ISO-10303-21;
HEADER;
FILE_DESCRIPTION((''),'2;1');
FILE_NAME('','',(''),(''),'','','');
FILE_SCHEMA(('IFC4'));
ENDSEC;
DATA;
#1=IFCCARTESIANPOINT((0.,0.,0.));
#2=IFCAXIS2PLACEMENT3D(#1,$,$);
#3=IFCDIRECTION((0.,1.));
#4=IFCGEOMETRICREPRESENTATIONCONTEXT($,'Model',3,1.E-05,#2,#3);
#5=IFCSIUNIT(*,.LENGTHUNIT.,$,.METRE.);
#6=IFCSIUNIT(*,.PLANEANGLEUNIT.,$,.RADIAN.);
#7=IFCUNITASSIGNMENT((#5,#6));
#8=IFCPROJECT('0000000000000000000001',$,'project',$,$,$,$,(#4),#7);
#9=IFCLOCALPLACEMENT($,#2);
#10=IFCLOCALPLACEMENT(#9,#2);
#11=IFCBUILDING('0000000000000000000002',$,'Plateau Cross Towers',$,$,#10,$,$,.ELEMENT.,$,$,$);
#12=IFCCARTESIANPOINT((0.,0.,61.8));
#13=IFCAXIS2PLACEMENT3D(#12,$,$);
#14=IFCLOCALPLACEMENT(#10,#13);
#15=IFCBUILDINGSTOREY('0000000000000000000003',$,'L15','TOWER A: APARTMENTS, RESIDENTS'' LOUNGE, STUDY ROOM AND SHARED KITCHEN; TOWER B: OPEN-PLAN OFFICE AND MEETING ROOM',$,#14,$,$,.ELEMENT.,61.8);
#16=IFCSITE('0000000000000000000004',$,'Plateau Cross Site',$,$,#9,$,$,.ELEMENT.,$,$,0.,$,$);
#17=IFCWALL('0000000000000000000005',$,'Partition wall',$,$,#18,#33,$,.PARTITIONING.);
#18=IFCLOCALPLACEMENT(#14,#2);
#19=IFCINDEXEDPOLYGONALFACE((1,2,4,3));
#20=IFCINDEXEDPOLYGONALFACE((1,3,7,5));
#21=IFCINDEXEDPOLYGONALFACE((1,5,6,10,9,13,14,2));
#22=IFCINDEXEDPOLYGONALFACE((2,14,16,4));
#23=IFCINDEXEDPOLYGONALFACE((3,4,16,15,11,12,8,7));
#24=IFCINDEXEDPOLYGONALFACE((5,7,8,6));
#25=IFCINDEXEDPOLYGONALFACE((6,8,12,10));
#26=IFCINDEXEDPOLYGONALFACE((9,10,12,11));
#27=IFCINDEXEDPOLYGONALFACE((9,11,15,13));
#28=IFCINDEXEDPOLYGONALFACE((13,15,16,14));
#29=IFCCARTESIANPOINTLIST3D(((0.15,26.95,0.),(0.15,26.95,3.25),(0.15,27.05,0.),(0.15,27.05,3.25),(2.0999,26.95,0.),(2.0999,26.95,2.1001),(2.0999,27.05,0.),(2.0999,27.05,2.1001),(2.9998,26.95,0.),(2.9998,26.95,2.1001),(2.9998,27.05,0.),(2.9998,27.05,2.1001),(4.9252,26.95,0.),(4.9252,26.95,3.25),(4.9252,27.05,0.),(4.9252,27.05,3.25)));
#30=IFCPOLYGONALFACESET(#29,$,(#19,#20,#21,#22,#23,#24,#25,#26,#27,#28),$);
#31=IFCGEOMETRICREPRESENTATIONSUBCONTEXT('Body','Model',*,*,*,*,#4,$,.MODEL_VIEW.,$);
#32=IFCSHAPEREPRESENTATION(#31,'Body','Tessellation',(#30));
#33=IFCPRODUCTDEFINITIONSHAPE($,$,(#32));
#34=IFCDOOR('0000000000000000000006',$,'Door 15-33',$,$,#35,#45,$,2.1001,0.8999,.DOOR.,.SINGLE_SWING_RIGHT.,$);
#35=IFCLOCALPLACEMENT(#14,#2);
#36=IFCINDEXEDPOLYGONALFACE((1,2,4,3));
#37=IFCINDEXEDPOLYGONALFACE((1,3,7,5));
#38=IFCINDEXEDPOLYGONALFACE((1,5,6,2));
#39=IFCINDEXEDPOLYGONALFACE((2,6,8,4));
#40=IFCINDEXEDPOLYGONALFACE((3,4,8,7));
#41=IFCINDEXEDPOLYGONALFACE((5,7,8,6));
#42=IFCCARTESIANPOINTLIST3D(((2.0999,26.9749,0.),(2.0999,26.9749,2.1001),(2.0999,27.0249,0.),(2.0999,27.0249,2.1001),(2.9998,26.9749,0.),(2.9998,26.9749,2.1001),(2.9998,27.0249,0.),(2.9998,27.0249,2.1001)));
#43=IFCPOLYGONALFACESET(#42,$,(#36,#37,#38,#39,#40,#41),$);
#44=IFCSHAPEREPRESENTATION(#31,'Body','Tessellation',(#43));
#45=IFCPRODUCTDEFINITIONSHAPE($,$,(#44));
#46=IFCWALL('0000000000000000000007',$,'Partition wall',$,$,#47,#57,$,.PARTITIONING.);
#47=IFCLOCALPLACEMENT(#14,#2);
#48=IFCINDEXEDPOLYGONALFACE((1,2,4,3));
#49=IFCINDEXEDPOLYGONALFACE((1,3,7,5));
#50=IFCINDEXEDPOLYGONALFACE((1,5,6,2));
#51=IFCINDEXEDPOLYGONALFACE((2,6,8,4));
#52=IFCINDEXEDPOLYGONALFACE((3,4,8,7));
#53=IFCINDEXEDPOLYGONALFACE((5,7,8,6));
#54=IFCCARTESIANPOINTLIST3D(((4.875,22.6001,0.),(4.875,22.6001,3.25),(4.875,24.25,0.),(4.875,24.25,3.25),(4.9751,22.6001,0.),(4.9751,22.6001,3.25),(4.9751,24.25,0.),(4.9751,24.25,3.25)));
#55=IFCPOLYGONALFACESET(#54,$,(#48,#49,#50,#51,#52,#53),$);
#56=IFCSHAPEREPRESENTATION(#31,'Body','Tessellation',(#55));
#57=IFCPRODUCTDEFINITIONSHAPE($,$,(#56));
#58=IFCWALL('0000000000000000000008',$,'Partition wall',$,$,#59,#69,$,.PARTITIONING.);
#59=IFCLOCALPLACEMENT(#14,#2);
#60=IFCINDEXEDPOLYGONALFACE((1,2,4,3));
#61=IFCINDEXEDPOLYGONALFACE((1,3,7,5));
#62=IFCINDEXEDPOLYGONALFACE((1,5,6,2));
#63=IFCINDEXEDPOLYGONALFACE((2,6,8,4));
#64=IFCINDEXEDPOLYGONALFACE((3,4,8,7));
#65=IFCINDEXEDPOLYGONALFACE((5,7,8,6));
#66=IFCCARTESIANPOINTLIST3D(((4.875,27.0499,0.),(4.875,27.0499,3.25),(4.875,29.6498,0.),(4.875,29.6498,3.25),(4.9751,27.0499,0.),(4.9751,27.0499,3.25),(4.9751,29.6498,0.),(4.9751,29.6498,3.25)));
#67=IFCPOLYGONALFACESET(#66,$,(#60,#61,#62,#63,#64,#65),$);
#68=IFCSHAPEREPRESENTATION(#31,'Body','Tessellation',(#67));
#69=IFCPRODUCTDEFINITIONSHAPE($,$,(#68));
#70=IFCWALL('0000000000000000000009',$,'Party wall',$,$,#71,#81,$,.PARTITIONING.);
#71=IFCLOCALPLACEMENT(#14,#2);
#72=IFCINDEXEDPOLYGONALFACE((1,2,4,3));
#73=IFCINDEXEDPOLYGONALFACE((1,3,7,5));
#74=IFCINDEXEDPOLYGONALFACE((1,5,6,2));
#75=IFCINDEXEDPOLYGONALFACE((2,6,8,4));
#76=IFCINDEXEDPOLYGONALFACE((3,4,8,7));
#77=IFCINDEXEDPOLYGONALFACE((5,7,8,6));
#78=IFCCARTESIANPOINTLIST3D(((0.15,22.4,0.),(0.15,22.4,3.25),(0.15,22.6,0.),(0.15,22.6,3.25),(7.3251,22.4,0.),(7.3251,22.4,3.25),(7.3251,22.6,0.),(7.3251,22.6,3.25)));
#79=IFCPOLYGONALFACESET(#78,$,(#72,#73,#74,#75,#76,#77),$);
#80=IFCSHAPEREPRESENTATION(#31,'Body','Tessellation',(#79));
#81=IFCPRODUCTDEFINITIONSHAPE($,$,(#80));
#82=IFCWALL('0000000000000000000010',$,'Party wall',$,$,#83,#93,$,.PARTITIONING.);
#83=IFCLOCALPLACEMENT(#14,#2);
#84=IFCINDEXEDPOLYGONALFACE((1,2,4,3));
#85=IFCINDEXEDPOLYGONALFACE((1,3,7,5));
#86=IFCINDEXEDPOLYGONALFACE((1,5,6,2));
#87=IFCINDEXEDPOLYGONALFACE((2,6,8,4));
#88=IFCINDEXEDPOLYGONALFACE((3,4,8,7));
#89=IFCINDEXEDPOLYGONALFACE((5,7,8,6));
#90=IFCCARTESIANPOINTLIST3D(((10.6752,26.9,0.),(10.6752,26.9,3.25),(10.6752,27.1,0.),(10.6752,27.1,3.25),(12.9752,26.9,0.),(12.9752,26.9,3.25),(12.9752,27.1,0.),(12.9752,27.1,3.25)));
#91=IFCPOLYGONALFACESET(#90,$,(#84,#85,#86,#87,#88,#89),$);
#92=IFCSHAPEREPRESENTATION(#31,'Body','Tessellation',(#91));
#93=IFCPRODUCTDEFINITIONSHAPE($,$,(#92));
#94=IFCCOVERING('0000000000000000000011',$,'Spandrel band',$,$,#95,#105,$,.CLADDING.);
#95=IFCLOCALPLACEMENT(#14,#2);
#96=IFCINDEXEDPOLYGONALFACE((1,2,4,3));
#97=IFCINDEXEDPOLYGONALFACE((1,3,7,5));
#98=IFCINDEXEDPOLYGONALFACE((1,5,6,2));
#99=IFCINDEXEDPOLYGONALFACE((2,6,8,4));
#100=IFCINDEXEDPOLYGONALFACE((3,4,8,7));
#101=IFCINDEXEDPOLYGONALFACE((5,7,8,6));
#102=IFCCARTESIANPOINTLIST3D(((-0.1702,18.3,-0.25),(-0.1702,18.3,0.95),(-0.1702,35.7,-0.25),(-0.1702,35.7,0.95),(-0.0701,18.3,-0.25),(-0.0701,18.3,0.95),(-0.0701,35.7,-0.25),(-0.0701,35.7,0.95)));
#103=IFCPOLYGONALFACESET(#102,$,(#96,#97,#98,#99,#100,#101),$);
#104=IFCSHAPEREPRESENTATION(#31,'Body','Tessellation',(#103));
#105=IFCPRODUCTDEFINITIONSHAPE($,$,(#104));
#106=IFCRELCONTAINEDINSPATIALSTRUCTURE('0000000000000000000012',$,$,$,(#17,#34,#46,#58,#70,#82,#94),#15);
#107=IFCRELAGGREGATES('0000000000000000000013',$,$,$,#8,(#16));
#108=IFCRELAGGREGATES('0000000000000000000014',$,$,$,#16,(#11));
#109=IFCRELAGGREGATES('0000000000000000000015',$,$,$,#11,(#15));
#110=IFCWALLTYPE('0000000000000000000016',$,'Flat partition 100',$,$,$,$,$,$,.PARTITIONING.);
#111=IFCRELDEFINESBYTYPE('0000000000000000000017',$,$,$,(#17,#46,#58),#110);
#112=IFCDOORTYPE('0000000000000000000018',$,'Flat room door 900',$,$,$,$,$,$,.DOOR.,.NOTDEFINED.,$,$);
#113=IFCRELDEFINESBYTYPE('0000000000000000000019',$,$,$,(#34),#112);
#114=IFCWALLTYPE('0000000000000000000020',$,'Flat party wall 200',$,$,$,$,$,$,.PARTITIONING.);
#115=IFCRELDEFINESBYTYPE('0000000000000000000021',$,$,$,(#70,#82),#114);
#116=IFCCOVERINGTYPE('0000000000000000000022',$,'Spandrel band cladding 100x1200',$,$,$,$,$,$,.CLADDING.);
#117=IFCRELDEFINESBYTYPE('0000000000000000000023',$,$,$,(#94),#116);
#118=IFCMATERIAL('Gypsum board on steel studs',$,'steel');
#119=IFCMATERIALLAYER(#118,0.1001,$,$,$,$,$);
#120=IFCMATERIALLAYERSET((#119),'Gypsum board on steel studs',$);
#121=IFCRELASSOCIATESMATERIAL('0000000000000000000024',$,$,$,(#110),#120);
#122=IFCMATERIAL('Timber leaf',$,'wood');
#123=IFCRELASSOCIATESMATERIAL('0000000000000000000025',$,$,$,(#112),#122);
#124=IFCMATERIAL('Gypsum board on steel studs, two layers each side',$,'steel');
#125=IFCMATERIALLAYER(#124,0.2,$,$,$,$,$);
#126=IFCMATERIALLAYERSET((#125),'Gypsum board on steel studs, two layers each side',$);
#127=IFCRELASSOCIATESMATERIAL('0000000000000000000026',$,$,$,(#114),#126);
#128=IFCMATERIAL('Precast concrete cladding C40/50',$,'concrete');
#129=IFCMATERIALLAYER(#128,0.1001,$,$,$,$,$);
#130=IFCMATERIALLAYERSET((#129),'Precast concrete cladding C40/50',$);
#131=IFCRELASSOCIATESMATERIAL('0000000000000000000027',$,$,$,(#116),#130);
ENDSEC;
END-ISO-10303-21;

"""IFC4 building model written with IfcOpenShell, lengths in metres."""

from ifc_helpers import new_model, si_unit, direction, frame, frame_2d, origin, origin_2d, place, context, subcontext, project, spatial, rectangle, extrude, material, layer, layer_set, type_object, element, fill, save


model = new_model("IFC4")

# Units and contexts
model_context = context("Model", 3, precision=1e-05, world=origin(), true_north=direction((0.0, 1.0)))
body_context = subcontext(model_context, "Body", "Model", "MODEL_VIEW")
ifc_project = project(units=[si_unit("LENGTHUNIT", "METRE"), si_unit("PLANEANGLEUNIT", "RADIAN")], contexts=[model_context])

# Site, building, storey
site_placement = place(None, origin())
site = spatial("IfcSite", under=ifc_project, at=site_placement, Name="Plateau Cross Site", CompositionType="ELEMENT", RefElevation=0.0)
building_placement = place(site_placement, origin())
building = spatial("IfcBuilding", under=site, at=building_placement, Name="Plateau Cross Towers", CompositionType="ELEMENT")
storey_placement = place(building_placement, frame((0.0, 0.0, 61.8)))
storey = spatial("IfcBuildingStorey", under=building, at=storey_placement, Name="L15", Description="TOWER A: APARTMENTS, RESIDENTS' LOUNGE, STUDY ROOM AND SHARED KITCHEN; TOWER B: OPEN-PLAN OFFICE AND MEETING ROOM", CompositionType="ELEMENT", Elevation=61.8)

# Wall, opening, door
ifc_material_1 = material(Name="Gypsum board on steel studs", Category="steel")
ifc_layer_1 = layer(ifc_material_1, 0.1001)
ifc_layer_set_1 = layer_set([ifc_layer_1], Name="Gypsum board on steel studs")
wall_type_1 = type_object("IfcWallType", Name="Flat partition 100", PredefinedType="PARTITIONING", material=ifc_layer_set_1)
ifc_material_2 = material(Name="Timber leaf", Category="wood")
door_type_1 = type_object("IfcDoorType", Name="Flat room door 900", OperationType="NOTDEFINED", PredefinedType="DOOR", material=ifc_material_2)
wall_1_placement = place(storey_placement, frame((0.1499, 27.0, 0.0), z_axis=(0.0, 0.0, 1.0), x_axis=(1.0, 0.0, 0.0)))
wall_1 = element("IfcWall", 1, at=wall_1_placement, inside=storey, type_object=wall_type_1, Name="Partition wall", PredefinedType="PARTITIONING", context=body_context, shape_type="SweptSolid", body=[
    extrude(rectangle(XDim=4.7751, YDim=0.1001, at=frame_2d((2.3877, 0.0))), origin(), (0.0, 0.0, 1.0), 3.25),
])
opening_1_placement = place(wall_1_placement, frame((1.95, 0.0, 0.0)))
opening_1 = element("IfcOpeningElement", 2, at=opening_1_placement, cuts=wall_1, PredefinedType="OPENING", context=body_context, shape_type="SweptSolid", body=[
    extrude(rectangle(XDim=0.8999, YDim=2.1001, at=frame_2d((0.45, 1.05))), frame((0.0, 0.0601, 0.0), z_axis=(0.0, -1.0, 0.0), x_axis=(1.0, 0.0, 0.0)), (0.0, 0.0, 1.0), 0.1201),
])
door_1_placement = place(opening_1_placement, origin())
door_1 = element("IfcDoor", 3, at=door_1_placement, inside=storey, type_object=door_type_1, Name="Door 15-33", OperationType="SINGLE_SWING_RIGHT", OverallHeight=2.1001, OverallWidth=0.8999, PredefinedType="DOOR", context=body_context, shape_type="SweptSolid", body=[
    extrude(rectangle(XDim=0.8999, YDim=2.1001, at=frame_2d((0.45, 1.05))), frame((0.0, 0.0249, 0.0), z_axis=(0.0, -1.0, 0.0), x_axis=(1.0, 0.0, 0.0)), (0.0, 0.0, 1.0), 0.05),
])
fill(opening_1, door_1)

# Walls
wall_2_placement = place(storey_placement, frame((4.925, 24.25, 0.0), z_axis=(0.0, 0.0, 1.0), x_axis=(0.0, -1.0, 0.0)))
element("IfcWall", 4, at=wall_2_placement, inside=storey, type_object=wall_type_1, Name="Partition wall", PredefinedType="PARTITIONING", context=body_context, shape_type="SweptSolid", body=[
    extrude(rectangle(XDim=1.6499, YDim=0.1001, at=frame_2d((0.825, 0.0))), origin(), (0.0, 0.0, 1.0), 3.25),
])
wall_3_placement = place(storey_placement, frame((4.925, 27.05, 0.0), z_axis=(0.0, 0.0, 1.0), x_axis=(0.0, 1.0, 0.0)))
element("IfcWall", 5, at=wall_3_placement, inside=storey, type_object=wall_type_1, Name="Partition wall", PredefinedType="PARTITIONING", context=body_context, shape_type="SweptSolid", body=[
    extrude(rectangle(XDim=2.5999, YDim=0.1001, at=frame_2d((1.2998, 0.0))), origin(), (0.0, 0.0, 1.0), 3.25),
])
ifc_material_3 = material(Name="Gypsum board on steel studs, two layers each side", Category="steel")
ifc_layer_2 = layer(ifc_material_3, 0.2)
ifc_layer_set_2 = layer_set([ifc_layer_2], Name="Gypsum board on steel studs, two layers each side")
wall_type_2 = type_object("IfcWallType", Name="Flat party wall 200", PredefinedType="PARTITIONING", material=ifc_layer_set_2)
wall_4_placement = place(storey_placement, frame((7.325, 22.5, 0.0), z_axis=(0.0, 0.0, 1.0), x_axis=(-1.0, 0.0, 0.0)))
element("IfcWall", 6, at=wall_4_placement, inside=storey, type_object=wall_type_2, Name="Party wall", PredefinedType="PARTITIONING", context=body_context, shape_type="SweptSolid", body=[
    extrude(rectangle(XDim=7.175, YDim=0.2, at=frame_2d((3.5874, 0.0))), origin(), (0.0, 0.0, 1.0), 3.25),
])
wall_5_placement = place(storey_placement, frame((12.9751, 27.0, 0.0), z_axis=(0.0, 0.0, 1.0), x_axis=(-1.0, 0.0, 0.0)))
element("IfcWall", 7, at=wall_5_placement, inside=storey, type_object=wall_type_2, Name="Party wall", PredefinedType="PARTITIONING", context=body_context, shape_type="SweptSolid", body=[
    extrude(rectangle(XDim=2.3, YDim=0.2, at=frame_2d((1.1499, 0.0))), origin(), (0.0, 0.0, 1.0), 3.25),
])

# Covering
ifc_material_4 = material(Name="Precast concrete cladding C40/50", Category="concrete")
ifc_layer_3 = layer(ifc_material_4, 0.1001)
ifc_layer_set_3 = layer_set([ifc_layer_3], Name="Precast concrete cladding C40/50")
covering_type = type_object("IfcCoveringType", Name="Spandrel band cladding 100x1200", PredefinedType="CLADDING", material=ifc_layer_set_3)
covering_placement = place(storey_placement, frame((-0.1201, 27.0, -0.25), z_axis=(0.0, 0.0, 1.0), x_axis=(0.0, -1.0, 0.0)))
element("IfcCovering", 8, at=covering_placement, inside=storey, type_object=covering_type, Name="Spandrel band", PredefinedType="CLADDING", context=body_context, shape_type="SweptSolid", body=[
    extrude(rectangle(XDim=17.3999, YDim=0.1001, at=origin_2d()), origin(), (0.0, 0.0, 1.0), 1.2),
])

save(model, "model.ifc")
